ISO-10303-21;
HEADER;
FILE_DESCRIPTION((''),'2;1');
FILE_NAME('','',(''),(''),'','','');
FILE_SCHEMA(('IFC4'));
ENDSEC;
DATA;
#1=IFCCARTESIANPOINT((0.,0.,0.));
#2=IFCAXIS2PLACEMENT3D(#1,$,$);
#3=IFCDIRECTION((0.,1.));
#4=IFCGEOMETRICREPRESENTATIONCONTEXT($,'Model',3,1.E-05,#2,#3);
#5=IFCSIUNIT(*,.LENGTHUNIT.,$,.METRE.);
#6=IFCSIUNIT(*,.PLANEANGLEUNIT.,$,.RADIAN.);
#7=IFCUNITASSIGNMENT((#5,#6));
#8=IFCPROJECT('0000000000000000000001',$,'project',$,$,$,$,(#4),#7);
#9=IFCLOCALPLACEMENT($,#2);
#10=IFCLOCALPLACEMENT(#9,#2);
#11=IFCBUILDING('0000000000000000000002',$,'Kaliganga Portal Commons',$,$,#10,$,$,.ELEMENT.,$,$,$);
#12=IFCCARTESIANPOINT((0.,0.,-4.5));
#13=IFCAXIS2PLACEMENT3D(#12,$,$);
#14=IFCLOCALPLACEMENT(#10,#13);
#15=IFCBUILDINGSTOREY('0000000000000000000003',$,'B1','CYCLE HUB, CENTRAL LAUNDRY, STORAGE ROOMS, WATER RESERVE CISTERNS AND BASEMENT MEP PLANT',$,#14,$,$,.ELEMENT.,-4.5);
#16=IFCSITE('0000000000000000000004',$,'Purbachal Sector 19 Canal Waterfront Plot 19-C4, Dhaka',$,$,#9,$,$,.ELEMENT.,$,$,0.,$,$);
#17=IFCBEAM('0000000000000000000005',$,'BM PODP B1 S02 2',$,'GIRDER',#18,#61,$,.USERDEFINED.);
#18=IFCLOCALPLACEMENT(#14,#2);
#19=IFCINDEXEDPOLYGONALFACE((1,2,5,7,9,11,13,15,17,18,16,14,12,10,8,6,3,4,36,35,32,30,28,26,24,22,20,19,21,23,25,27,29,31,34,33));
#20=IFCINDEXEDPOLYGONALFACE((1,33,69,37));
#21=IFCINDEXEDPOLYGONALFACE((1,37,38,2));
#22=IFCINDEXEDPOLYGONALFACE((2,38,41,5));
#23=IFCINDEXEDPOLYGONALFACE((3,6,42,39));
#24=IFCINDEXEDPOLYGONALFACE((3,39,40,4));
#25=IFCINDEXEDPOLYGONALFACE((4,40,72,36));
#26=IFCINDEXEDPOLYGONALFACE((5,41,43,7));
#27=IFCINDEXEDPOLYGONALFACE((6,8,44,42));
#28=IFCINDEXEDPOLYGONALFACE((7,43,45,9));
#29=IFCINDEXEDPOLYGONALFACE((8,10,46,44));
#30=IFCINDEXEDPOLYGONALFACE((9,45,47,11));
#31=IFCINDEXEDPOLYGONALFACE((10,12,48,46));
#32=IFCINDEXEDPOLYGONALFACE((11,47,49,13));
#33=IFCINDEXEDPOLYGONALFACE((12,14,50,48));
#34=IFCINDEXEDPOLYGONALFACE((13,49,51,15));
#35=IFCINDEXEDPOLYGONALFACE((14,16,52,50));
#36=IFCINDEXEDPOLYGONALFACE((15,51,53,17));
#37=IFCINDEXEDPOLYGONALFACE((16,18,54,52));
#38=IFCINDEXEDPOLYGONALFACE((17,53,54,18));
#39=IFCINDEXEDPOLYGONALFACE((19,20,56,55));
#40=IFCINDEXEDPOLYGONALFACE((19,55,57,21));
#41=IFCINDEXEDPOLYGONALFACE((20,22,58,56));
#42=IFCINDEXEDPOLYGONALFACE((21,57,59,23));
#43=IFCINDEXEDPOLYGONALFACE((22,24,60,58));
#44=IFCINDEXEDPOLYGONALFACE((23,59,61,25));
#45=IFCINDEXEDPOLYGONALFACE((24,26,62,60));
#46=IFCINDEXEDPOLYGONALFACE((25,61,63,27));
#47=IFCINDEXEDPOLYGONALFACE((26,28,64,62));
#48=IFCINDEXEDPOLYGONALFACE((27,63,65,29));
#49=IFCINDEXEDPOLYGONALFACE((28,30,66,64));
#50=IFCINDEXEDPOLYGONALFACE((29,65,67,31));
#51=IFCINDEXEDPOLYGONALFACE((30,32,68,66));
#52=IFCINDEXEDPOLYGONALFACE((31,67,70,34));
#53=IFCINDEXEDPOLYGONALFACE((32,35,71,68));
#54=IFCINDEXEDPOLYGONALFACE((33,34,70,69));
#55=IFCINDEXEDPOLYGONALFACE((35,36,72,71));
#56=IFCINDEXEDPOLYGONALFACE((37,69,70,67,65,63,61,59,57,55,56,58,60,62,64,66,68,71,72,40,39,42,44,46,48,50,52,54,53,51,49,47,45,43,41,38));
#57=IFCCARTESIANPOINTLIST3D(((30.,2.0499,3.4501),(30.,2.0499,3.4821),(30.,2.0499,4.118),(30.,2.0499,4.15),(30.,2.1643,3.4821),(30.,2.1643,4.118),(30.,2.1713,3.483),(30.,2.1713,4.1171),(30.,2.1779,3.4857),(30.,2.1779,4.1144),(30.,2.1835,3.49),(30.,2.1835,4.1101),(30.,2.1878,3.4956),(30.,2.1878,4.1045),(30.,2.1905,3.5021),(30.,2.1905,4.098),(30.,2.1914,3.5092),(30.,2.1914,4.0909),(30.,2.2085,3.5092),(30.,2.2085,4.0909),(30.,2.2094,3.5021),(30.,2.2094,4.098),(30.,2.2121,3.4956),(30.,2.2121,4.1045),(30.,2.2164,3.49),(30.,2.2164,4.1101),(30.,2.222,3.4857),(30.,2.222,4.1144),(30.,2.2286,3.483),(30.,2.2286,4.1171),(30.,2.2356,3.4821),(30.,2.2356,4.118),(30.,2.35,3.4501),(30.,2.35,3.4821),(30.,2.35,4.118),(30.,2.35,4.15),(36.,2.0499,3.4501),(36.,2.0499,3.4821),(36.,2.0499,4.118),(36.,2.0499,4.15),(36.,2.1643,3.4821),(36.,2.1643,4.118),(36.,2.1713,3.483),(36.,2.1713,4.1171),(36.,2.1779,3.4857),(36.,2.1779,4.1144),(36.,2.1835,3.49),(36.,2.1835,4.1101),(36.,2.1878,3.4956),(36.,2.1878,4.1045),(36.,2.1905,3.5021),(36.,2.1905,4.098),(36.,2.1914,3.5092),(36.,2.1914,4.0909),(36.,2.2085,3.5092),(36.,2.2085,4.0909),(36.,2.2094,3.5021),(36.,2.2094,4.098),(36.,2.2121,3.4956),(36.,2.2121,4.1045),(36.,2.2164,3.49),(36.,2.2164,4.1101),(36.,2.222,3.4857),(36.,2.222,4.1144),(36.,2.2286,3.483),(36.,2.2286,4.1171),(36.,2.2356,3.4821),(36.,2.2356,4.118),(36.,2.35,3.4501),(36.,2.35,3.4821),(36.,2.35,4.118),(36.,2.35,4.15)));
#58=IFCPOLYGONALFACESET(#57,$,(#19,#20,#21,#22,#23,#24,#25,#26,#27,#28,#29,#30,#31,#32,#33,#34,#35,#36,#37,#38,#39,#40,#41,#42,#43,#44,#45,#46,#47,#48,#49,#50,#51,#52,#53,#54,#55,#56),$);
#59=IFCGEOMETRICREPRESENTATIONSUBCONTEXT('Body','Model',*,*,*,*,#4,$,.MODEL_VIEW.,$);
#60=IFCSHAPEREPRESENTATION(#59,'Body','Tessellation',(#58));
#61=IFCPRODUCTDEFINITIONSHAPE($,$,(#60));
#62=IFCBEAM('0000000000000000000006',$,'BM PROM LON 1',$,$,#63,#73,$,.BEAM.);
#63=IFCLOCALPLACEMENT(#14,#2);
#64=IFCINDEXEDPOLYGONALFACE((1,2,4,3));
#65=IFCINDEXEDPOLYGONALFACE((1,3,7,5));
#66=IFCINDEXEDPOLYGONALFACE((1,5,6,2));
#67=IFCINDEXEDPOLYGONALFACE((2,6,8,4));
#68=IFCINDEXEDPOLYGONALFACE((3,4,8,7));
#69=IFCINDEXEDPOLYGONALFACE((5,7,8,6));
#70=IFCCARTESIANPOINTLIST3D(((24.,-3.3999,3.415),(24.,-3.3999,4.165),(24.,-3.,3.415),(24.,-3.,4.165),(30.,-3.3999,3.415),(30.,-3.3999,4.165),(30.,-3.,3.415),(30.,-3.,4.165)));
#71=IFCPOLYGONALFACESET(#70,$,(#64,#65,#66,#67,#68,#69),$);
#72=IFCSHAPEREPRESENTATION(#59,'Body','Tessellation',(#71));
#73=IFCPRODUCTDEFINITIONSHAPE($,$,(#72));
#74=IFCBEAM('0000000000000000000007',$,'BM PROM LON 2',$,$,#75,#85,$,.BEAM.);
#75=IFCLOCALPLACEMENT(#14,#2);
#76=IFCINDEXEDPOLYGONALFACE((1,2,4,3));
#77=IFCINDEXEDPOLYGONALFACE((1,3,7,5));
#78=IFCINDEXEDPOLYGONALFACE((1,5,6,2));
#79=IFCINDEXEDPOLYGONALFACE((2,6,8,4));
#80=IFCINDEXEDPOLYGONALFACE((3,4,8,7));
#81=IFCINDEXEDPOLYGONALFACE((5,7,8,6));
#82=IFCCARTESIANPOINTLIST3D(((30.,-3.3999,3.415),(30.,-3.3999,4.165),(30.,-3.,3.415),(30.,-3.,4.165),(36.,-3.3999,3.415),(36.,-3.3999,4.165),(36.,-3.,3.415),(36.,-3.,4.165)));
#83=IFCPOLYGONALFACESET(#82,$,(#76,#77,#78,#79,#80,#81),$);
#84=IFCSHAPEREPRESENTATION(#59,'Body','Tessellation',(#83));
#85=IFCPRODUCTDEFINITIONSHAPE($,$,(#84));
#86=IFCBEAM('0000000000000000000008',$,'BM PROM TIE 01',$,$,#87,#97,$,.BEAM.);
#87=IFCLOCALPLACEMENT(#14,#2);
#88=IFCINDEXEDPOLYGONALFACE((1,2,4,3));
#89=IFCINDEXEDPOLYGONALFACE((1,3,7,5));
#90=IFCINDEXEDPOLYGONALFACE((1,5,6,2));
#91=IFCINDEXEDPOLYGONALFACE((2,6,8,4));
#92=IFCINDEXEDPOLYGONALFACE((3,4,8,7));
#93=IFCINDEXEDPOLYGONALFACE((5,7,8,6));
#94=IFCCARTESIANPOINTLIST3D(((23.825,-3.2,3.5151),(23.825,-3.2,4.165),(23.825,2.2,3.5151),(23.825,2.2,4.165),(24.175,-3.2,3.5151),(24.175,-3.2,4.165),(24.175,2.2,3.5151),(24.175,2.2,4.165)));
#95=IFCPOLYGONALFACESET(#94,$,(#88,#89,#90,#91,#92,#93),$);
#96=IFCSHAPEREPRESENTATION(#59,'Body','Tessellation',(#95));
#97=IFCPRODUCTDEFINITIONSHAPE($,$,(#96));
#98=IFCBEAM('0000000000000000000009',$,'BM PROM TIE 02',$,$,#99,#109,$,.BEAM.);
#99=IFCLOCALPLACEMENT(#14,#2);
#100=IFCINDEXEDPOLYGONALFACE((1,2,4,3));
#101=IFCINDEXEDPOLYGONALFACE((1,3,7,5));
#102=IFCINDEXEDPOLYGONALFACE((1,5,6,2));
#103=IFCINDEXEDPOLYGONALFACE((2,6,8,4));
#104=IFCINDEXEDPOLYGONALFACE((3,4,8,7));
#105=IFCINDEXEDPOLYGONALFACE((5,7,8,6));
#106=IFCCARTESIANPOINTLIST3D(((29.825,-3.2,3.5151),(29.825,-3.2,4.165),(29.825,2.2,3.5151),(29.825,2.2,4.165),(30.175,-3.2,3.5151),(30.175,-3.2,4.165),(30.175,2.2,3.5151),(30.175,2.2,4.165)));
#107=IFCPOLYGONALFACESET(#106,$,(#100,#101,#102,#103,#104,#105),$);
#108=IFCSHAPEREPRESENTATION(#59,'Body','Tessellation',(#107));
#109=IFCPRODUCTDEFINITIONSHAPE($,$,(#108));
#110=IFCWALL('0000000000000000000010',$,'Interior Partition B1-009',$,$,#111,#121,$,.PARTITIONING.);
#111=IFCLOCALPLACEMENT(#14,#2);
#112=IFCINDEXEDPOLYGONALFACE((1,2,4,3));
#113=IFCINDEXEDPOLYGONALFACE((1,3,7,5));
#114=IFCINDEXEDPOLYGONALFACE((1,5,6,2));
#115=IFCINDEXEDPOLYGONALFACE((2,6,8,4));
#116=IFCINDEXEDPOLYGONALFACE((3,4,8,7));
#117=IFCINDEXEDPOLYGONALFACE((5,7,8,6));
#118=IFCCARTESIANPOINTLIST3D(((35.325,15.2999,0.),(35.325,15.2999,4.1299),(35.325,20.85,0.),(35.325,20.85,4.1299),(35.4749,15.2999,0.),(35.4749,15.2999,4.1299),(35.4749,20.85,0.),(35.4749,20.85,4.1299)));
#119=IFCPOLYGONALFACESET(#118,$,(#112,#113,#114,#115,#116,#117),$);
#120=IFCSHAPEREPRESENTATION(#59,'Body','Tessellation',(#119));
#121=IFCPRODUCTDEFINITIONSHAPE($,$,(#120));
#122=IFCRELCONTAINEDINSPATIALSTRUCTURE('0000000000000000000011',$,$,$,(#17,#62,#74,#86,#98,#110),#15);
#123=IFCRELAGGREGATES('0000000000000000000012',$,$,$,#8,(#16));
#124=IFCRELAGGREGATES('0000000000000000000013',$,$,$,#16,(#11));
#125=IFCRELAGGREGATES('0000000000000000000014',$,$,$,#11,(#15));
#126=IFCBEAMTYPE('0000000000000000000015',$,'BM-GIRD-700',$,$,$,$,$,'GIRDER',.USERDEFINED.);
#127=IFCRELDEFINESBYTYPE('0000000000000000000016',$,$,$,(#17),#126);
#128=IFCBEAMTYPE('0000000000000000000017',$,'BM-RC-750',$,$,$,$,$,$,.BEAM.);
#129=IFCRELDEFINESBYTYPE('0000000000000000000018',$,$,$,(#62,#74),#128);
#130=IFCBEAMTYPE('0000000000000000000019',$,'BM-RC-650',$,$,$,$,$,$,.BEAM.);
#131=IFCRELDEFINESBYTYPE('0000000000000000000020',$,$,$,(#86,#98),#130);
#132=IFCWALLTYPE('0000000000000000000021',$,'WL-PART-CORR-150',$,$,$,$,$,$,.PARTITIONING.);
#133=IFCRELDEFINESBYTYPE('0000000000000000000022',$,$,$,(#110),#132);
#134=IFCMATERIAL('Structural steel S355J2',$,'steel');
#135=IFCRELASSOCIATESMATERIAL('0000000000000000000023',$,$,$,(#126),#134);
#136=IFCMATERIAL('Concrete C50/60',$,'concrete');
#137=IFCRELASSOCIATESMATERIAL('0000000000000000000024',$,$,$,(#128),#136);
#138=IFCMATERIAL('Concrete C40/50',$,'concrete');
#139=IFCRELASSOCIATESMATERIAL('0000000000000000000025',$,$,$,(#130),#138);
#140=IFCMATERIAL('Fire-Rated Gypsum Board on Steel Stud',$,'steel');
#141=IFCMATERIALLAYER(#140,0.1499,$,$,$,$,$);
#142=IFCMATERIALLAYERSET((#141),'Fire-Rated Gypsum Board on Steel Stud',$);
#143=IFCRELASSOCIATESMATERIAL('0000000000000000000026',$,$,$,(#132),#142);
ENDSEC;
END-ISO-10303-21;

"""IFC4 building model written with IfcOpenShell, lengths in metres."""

from ifc_helpers import new_model, si_unit, direction, frame, frame_2d, origin, origin_2d, place, context, subcontext, project, spatial, rectangle, i_section, extrude, source, transform, mapped, material, layer, layer_set, material_profile, profile_set, type_object, element, save


model = new_model("IFC4")

# Units and contexts
model_context = context("Model", 3, precision=1e-05, world=origin(), true_north=direction((0.0, 1.0)))
body_context = subcontext(model_context, "Body", "Model", "MODEL_VIEW")
ifc_project = project(units=[si_unit("LENGTHUNIT", "METRE"), si_unit("PLANEANGLEUNIT", "RADIAN")], contexts=[model_context])

# Site, building, storey
site_placement = place(None, origin())
site = spatial("IfcSite", under=ifc_project, at=site_placement, Name="Purbachal Sector 19 Canal Waterfront Plot 19-C4, Dhaka", CompositionType="ELEMENT", RefElevation=0.0)
building_placement = place(site_placement, origin())
building = spatial("IfcBuilding", under=site, at=building_placement, Name="Kaliganga Portal Commons", CompositionType="ELEMENT")
storey_placement = place(building_placement, frame((0.0, 0.0, -4.5)))
storey = spatial("IfcBuildingStorey", under=building, at=storey_placement, Name="B1", Description="CYCLE HUB, CENTRAL LAUNDRY, STORAGE ROOMS, WATER RESERVE CISTERNS AND BASEMENT MEP PLANT", CompositionType="ELEMENT", Elevation=-4.5)

# Shared definitions
ifc_material_1 = material(Name="Structural steel S355J2", Category="steel")

# Beams
ifc_material_profile_1 = material_profile(ifc_material_1, i_section(OverallWidth=0.3, OverallDepth=0.7, WebThickness=0.0171, FlangeThickness=0.032, FilletRadius=0.0271, at=origin_2d()), Name="HE 700 B")
ifc_profile_set_1 = profile_set([ifc_material_profile_1], Name="Structural steel S355J2 wide-flange")
beam_type_1 = type_object("IfcBeamType", Name="BM-GIRD-700", ElementType="GIRDER", PredefinedType="USERDEFINED", material=ifc_profile_set_1)
shared_shape_1 = source(origin(), body_context, "Body", "SweptSolid", [
    extrude(i_section(OverallWidth=0.3, OverallDepth=0.7, WebThickness=0.0171, FlangeThickness=0.032, FilletRadius=0.0271, at=origin_2d()), origin(), (0.0, 0.0, 1.0), 6.0),
])
for number, where, z_axis, x_axis, name in (
    (1, (30.0, 2.2, 3.8), (1.0, 0.0, 0.0), (0.0, 1.0, 0.0), "BM PODP B1 S02 2"),
):
    element("IfcBeam", number, at=place(storey_placement, frame(where, z_axis=z_axis, x_axis=x_axis)), inside=storey, type_object=beam_type_1, Name=name, ObjectType="GIRDER", PredefinedType="USERDEFINED", context=body_context, shape_type="MappedRepresentation", body=[
        mapped(shared_shape_1, transform((0.0, 0.0, 0.0), x_axis=(1.0, 0.0, 0.0), y_axis=(0.0, 1.0, 0.0), z_axis=(0.0, 0.0, 1.0), scale=1.0)),
    ])
ifc_material_2 = material(Name="Concrete C50/60", Category="concrete")
ifc_material_profile_2 = material_profile(ifc_material_2, rectangle(XDim=0.3999, YDim=0.75, at=origin_2d()), Name="RC 400x750")
ifc_profile_set_2 = profile_set([ifc_material_profile_2], Name="Concrete C50/60")
beam_type_2 = type_object("IfcBeamType", Name="BM-RC-750", PredefinedType="BEAM", material=ifc_profile_set_2)
shared_shape_2 = source(origin(), body_context, "Body", "SweptSolid", [
    extrude(rectangle(XDim=0.3999, YDim=0.75, at=origin_2d()), origin(), (0.0, 0.0, 1.0), 6.0),
])
for number, where, z_axis, x_axis, name in (
    (2, (24.0, -3.2, 3.79), (1.0, 0.0, 0.0), (0.0, 1.0, 0.0), "BM PROM LON 1"),
    (3, (30.0, -3.2, 3.79), (1.0, 0.0, 0.0), (0.0, 1.0, 0.0), "BM PROM LON 2"),
):
    element("IfcBeam", number, at=place(storey_placement, frame(where, z_axis=z_axis, x_axis=x_axis)), inside=storey, type_object=beam_type_2, Name=name, PredefinedType="BEAM", context=body_context, shape_type="MappedRepresentation", body=[
        mapped(shared_shape_2, transform((0.0, 0.0, 0.0), x_axis=(1.0, 0.0, 0.0), y_axis=(0.0, 1.0, 0.0), z_axis=(0.0, 0.0, 1.0), scale=1.0)),
    ])
ifc_material_3 = material(Name="Concrete C40/50", Category="concrete")
ifc_material_profile_3 = material_profile(ifc_material_3, rectangle(XDim=0.3501, YDim=0.6499, at=origin_2d()), Name="RC 350x650")
ifc_profile_set_3 = profile_set([ifc_material_profile_3], Name="Concrete C40/50")
beam_type_3 = type_object("IfcBeamType", Name="BM-RC-650", PredefinedType="BEAM", material=ifc_profile_set_3)
shared_shape_3 = source(origin(), body_context, "Body", "SweptSolid", [
    extrude(rectangle(XDim=0.3501, YDim=0.6499, at=origin_2d()), origin(), (0.0, 0.0, 1.0), 5.3999),
])
for number, where, z_axis, x_axis, name in (
    (4, (24.0, -3.2, 3.8401), (0.0, 1.0, 0.0), (-1.0, 0.0, 0.0), "BM PROM TIE 01"),
    (5, (30.0, -3.2, 3.8401), (0.0, 1.0, 0.0), (-1.0, 0.0, 0.0), "BM PROM TIE 02"),
):
    element("IfcBeam", number, at=place(storey_placement, frame(where, z_axis=z_axis, x_axis=x_axis)), inside=storey, type_object=beam_type_3, Name=name, PredefinedType="BEAM", context=body_context, shape_type="MappedRepresentation", body=[
        mapped(shared_shape_3, transform((0.0, 0.0, 0.0), x_axis=(1.0, 0.0, 0.0), y_axis=(0.0, 1.0, 0.0), z_axis=(0.0, 0.0, 1.0), scale=1.0)),
    ])

# Wall
ifc_material_4 = material(Name="Fire-Rated Gypsum Board on Steel Stud", Category="steel")
ifc_layer = layer(ifc_material_4, 0.1499)
ifc_layer_set = layer_set([ifc_layer], Name="Fire-Rated Gypsum Board on Steel Stud")
wall_type = type_object("IfcWallType", Name="WL-PART-CORR-150", PredefinedType="PARTITIONING", material=ifc_layer_set)
wall_placement = place(storey_placement, frame((35.3999, 15.3, 0.0), z_axis=(0.0, 0.0, 1.0), x_axis=(0.0, 1.0, 0.0)))
element("IfcWall", 6, at=wall_placement, inside=storey, type_object=wall_type, Name="Interior Partition B1-009", PredefinedType="PARTITIONING", context=body_context, shape_type="SweptSolid", body=[
    extrude(rectangle(XDim=5.55, YDim=0.1499, at=frame_2d((2.7749, 0.0))), origin(), (0.0, 0.0, 1.0), 4.1299),
])

save(model, "model.ifc")
